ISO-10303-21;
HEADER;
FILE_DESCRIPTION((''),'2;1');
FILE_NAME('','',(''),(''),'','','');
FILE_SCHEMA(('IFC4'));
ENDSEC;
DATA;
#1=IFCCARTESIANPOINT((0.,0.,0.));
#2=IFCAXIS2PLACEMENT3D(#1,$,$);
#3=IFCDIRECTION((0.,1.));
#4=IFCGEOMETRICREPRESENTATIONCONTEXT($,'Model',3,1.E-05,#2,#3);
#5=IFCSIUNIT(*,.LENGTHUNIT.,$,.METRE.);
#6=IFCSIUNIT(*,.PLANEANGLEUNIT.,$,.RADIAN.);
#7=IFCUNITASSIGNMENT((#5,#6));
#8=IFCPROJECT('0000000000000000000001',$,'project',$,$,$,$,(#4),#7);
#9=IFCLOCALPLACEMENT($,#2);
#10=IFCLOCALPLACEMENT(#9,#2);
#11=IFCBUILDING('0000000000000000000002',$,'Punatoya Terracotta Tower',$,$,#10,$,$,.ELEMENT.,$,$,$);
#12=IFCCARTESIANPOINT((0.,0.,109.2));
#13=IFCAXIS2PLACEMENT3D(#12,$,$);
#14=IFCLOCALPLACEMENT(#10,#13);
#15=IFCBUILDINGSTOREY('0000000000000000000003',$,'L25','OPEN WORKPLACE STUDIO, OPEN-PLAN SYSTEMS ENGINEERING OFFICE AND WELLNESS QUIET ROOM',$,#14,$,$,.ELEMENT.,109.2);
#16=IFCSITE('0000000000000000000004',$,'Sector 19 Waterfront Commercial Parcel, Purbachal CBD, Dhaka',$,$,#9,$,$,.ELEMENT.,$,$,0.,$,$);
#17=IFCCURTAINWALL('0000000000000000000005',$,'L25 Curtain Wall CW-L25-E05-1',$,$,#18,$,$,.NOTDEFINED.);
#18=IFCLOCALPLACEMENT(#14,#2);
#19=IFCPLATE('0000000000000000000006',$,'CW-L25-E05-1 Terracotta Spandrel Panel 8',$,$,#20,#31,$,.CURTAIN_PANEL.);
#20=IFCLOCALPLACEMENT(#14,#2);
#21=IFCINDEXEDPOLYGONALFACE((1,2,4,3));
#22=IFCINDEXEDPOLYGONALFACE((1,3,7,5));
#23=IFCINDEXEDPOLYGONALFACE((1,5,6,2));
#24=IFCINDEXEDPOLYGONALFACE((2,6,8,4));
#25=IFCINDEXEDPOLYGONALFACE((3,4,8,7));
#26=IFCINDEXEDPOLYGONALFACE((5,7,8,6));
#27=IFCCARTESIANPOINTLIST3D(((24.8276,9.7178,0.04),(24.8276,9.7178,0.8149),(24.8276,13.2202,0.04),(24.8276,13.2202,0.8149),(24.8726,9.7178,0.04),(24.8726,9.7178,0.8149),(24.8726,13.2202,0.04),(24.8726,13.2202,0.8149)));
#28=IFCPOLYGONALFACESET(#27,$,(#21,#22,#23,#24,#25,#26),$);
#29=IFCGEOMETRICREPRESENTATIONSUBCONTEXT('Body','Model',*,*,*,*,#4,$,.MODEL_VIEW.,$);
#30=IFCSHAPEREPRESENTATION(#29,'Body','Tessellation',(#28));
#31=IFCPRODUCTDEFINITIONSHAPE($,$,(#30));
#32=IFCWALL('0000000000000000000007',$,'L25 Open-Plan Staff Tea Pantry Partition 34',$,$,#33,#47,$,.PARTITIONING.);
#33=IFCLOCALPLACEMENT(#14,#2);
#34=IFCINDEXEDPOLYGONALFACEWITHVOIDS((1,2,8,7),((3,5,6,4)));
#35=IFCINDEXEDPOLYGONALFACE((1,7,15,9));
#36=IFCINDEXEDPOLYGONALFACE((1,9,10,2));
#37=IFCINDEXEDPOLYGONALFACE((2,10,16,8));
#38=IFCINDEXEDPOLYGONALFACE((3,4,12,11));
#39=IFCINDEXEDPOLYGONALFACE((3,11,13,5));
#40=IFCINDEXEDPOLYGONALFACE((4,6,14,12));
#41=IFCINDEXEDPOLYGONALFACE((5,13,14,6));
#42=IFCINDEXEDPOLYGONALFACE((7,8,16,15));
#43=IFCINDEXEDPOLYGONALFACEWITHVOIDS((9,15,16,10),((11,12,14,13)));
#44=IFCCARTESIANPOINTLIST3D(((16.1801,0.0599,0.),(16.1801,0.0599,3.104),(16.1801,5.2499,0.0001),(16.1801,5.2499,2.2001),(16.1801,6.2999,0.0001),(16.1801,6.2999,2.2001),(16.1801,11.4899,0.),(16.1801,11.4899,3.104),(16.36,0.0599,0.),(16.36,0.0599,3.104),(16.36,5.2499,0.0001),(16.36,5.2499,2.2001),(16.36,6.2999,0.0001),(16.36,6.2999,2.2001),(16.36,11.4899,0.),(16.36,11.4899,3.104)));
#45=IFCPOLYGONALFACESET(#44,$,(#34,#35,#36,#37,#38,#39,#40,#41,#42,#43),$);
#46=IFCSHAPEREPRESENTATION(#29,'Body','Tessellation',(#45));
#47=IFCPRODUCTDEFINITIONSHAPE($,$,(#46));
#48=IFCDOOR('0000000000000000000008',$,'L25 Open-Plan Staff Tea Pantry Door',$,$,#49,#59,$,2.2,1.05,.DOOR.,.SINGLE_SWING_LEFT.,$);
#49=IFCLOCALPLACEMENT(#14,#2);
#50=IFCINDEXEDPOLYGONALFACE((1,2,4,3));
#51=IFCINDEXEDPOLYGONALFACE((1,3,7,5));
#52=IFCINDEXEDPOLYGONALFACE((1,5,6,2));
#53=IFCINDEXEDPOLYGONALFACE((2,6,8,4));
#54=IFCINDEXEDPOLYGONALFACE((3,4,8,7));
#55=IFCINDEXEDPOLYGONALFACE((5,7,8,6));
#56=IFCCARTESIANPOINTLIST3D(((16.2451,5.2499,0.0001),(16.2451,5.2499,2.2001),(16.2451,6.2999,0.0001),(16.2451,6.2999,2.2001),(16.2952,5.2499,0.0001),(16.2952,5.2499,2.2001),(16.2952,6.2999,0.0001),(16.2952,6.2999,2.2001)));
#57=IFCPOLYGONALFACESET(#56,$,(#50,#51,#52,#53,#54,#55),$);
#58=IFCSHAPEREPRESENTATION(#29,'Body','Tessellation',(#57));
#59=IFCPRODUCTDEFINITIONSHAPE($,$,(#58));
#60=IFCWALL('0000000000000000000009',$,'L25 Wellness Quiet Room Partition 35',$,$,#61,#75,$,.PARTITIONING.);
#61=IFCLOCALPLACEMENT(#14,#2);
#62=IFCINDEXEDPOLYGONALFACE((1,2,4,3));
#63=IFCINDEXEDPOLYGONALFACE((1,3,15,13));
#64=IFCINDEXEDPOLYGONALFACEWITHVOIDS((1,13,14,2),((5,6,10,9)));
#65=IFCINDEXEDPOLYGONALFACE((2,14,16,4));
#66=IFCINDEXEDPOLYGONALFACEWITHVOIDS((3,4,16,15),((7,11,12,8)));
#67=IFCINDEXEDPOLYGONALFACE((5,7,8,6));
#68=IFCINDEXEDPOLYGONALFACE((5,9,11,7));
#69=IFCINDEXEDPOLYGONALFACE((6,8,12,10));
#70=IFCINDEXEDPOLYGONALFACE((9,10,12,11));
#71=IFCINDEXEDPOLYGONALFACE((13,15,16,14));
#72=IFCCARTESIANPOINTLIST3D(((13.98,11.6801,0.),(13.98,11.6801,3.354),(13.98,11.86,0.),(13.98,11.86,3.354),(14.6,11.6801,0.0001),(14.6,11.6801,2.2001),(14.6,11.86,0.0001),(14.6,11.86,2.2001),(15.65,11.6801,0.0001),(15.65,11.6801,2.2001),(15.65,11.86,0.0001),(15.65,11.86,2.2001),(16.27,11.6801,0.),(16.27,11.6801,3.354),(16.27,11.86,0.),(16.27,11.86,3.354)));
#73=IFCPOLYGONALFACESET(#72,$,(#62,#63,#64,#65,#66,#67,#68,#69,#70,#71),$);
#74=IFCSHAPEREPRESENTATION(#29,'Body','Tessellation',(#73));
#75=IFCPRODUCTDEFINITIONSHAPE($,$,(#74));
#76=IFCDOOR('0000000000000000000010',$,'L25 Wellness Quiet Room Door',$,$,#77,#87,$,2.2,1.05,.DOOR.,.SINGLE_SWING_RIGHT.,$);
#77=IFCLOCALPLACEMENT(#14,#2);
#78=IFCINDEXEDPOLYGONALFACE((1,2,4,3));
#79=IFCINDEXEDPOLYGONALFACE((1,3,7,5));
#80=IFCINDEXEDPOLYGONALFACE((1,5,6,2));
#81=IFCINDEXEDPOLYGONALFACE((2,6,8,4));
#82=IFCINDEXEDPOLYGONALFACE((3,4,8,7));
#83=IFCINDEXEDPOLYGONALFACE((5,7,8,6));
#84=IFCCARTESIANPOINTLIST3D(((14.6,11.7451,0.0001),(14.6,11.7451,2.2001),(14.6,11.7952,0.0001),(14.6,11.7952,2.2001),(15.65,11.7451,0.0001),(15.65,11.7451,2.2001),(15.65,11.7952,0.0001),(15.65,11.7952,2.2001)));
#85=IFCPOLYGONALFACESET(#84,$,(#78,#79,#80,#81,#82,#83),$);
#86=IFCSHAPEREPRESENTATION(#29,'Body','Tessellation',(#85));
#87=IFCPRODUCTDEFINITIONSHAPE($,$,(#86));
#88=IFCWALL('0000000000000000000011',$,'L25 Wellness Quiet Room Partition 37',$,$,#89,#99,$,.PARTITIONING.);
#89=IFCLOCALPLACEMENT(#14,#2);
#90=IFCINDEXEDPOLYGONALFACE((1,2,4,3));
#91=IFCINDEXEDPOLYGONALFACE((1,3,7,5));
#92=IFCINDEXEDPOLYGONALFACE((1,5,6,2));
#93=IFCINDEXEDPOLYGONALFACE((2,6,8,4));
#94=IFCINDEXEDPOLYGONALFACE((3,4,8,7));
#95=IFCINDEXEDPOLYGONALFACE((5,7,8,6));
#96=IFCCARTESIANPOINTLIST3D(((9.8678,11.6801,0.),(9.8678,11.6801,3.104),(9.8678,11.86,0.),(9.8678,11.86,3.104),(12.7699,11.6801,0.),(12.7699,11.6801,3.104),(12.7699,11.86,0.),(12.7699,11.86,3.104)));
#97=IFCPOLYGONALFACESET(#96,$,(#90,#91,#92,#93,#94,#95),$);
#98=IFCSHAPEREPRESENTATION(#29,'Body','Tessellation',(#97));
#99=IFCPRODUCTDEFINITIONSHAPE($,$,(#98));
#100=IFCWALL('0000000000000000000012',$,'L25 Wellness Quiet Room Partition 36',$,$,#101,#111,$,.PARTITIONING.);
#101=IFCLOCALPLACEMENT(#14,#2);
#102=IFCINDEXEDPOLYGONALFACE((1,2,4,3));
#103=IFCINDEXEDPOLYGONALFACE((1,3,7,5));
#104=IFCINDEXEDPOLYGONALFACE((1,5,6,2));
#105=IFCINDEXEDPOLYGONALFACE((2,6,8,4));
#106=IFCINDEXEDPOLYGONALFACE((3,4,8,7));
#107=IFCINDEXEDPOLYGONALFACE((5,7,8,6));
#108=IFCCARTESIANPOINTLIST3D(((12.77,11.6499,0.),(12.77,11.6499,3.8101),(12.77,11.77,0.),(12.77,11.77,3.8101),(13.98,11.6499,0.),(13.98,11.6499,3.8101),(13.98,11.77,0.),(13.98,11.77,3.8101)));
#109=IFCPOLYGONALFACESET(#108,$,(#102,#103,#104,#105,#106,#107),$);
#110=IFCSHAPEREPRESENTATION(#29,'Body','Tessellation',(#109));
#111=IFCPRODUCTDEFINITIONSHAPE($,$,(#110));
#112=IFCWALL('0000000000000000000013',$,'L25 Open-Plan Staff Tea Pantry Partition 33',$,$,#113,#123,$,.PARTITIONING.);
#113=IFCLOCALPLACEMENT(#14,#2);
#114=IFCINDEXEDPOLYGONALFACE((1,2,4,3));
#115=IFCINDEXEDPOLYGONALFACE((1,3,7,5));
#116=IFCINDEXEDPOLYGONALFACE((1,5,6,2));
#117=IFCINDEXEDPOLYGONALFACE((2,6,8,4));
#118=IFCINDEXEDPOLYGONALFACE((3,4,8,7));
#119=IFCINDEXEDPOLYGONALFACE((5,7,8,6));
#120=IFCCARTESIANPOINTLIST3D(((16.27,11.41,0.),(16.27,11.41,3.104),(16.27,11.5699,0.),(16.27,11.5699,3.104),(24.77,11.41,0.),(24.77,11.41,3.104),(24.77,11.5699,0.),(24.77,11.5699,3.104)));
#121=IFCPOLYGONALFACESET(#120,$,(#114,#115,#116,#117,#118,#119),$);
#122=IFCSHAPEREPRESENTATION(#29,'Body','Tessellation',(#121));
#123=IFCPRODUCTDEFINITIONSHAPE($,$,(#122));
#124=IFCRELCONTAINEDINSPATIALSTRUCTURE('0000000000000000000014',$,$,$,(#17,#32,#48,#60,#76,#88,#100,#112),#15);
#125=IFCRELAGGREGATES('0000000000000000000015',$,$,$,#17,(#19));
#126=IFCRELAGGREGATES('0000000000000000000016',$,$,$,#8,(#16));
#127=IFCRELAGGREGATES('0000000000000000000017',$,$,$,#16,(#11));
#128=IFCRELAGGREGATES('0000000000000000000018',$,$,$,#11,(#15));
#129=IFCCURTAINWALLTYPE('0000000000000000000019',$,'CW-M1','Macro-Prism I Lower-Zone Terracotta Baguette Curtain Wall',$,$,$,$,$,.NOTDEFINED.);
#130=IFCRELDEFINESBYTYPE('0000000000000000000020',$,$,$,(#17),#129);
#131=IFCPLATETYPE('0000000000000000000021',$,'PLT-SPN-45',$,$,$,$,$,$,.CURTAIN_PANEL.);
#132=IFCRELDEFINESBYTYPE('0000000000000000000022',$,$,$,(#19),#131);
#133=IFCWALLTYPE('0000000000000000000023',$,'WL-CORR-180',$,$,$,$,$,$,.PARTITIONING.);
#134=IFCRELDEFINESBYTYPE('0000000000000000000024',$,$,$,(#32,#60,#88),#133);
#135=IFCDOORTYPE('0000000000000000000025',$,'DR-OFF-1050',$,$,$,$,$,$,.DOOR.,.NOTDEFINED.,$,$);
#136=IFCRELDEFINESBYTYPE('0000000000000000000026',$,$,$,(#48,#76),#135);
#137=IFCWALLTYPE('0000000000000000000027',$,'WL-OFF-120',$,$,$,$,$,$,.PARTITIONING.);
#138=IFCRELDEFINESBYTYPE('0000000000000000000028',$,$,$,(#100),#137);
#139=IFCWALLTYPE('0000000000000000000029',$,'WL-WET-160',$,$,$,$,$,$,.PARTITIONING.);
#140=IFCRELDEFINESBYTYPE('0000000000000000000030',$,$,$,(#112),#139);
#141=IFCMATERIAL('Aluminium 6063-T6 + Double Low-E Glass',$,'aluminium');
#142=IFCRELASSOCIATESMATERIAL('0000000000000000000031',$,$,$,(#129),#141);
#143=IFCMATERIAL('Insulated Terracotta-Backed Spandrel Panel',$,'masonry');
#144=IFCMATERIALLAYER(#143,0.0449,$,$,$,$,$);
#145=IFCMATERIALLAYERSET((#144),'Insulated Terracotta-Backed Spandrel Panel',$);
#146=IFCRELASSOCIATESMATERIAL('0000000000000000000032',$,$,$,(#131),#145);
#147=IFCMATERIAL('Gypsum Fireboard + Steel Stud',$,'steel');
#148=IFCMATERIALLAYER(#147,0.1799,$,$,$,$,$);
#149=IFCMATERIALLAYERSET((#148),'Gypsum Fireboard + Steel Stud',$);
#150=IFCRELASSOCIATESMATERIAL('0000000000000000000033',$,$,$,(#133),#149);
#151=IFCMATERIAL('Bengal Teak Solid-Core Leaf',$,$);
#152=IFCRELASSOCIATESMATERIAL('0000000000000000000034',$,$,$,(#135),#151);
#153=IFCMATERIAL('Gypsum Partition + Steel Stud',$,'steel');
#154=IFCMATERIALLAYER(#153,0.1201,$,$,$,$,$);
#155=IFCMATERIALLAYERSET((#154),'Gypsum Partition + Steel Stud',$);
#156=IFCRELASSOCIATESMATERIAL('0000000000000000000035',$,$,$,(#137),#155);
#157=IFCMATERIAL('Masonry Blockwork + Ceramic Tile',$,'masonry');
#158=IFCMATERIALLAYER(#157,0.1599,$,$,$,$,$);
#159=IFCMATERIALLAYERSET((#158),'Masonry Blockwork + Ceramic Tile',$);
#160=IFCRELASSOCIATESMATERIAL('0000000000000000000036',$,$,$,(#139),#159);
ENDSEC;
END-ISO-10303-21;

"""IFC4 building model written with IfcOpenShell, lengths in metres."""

from ifc_helpers import new_model, si_unit, direction, frame, frame_2d, origin, origin_2d, place, context, subcontext, project, spatial, rectangle, extrude, material, layer, layer_set, type_object, element, fill, aggregate, save


model = new_model("IFC4")

# Units and contexts
model_context = context("Model", 3, precision=1e-05, world=origin(), true_north=direction((0.0, 1.0)))
body_context = subcontext(model_context, "Body", "Model", "MODEL_VIEW")
ifc_project = project(units=[si_unit("LENGTHUNIT", "METRE"), si_unit("PLANEANGLEUNIT", "RADIAN")], contexts=[model_context])

# Site, building, storey
site_placement = place(None, origin())
site = spatial("IfcSite", under=ifc_project, at=site_placement, Name="Sector 19 Waterfront Commercial Parcel, Purbachal CBD, Dhaka", CompositionType="ELEMENT", RefElevation=0.0)
building_placement = place(site_placement, origin())
building = spatial("IfcBuilding", under=site, at=building_placement, Name="Punatoya Terracotta Tower", CompositionType="ELEMENT")
storey_placement = place(building_placement, frame((0.0, 0.0, 109.2)))
storey = spatial("IfcBuildingStorey", under=building, at=storey_placement, Name="L25", Description="OPEN WORKPLACE STUDIO, OPEN-PLAN SYSTEMS ENGINEERING OFFICE AND WELLNESS QUIET ROOM", CompositionType="ELEMENT", Elevation=109.2)

# Curtain wall, plate
ifc_material_1 = material(Name="Aluminium 6063-T6 + Double Low-E Glass", Category="aluminium")
curtain_wall_type = type_object("IfcCurtainWallType", Name="CW-M1", Description="Macro-Prism I Lower-Zone Terracotta Baguette Curtain Wall", PredefinedType="NOTDEFINED", material=ifc_material_1)
curtain_wall_placement = place(storey_placement, origin())
curtain_wall = element("IfcCurtainWall", 1, at=curtain_wall_placement, inside=storey, type_object=curtain_wall_type, Name="L25 Curtain Wall CW-L25-E05-1", PredefinedType="NOTDEFINED")
ifc_material_2 = material(Name="Insulated Terracotta-Backed Spandrel Panel", Category="masonry")
ifc_layer_1 = layer(ifc_material_2, 0.0449)
ifc_layer_set_1 = layer_set([ifc_layer_1], Name="Insulated Terracotta-Backed Spandrel Panel")
plate_type_1 = type_object("IfcPlateType", Name="PLT-SPN-45", PredefinedType="CURTAIN_PANEL", material=ifc_layer_set_1)
plate_1_placement = place(storey_placement, frame((24.8501, 11.469, 0.04), z_axis=(0.0, 0.0, 1.0), x_axis=(0.0, 1.0, 0.0)))
plate_1 = element("IfcPlate", 2, at=plate_1_placement, type_object=plate_type_1, Name="CW-L25-E05-1 Terracotta Spandrel Panel 8", PredefinedType="CURTAIN_PANEL", context=body_context, shape_type="SweptSolid", body=[
    extrude(rectangle(XDim=3.5024, YDim=0.0449, at=origin_2d()), origin(), (0.0, 0.0, 1.0), 0.7749),
])
aggregate(curtain_wall, [plate_1])

# Walls, openings, doors
ifc_material_3 = material(Name="Gypsum Fireboard + Steel Stud", Category="steel")
ifc_layer_2 = layer(ifc_material_3, 0.1799)
ifc_layer_set_2 = layer_set([ifc_layer_2], Name="Gypsum Fireboard + Steel Stud")
wall_type_1 = type_object("IfcWallType", Name="WL-CORR-180", PredefinedType="PARTITIONING", material=ifc_layer_set_2)
wall_1_placement = place(storey_placement, frame((16.27, 0.0601, 0.0), z_axis=(0.0, 0.0, 1.0), x_axis=(0.0, 1.0, 0.0)))
wall_1 = element("IfcWall", 3, at=wall_1_placement, inside=storey, type_object=wall_type_1, Name="L25 Open-Plan Staff Tea Pantry Partition 34", PredefinedType="PARTITIONING", context=body_context, shape_type="SweptSolid", body=[
    extrude(rectangle(XDim=11.4299, YDim=0.1799, at=frame_2d((5.7148, 0.0))), origin(), (0.0, 0.0, 1.0), 3.104),
])
opening_1_placement = place(wall_1_placement, frame((5.1899, 0.0, 0.0)))
opening_1 = element("IfcOpeningElement", 4, at=opening_1_placement, cuts=wall_1, PredefinedType="OPENING", context=body_context, shape_type="SweptSolid", body=[
    extrude(rectangle(XDim=1.05, YDim=2.2, at=frame_2d((0.5249, 1.1001))), frame((0.0, 0.0999, 0.0), z_axis=(0.0, -1.0, 0.0), x_axis=(1.0, 0.0, 0.0)), (0.0, 0.0, 1.0), 0.2),
])
ifc_material_4 = material(Name="Bengal Teak Solid-Core Leaf")
door_type = type_object("IfcDoorType", Name="DR-OFF-1050", OperationType="NOTDEFINED", PredefinedType="DOOR", material=ifc_material_4)
door_1_placement = place(opening_1_placement, origin())
door_1 = element("IfcDoor", 5, at=door_1_placement, inside=storey, type_object=door_type, Name="L25 Open-Plan Staff Tea Pantry Door", OperationType="SINGLE_SWING_LEFT", OverallHeight=2.2, OverallWidth=1.05, PredefinedType="DOOR", context=body_context, shape_type="SweptSolid", body=[
    extrude(rectangle(XDim=1.05, YDim=2.2, at=frame_2d((0.5249, 1.1001))), frame((0.0, 0.0249, 0.0), z_axis=(0.0, -1.0, 0.0), x_axis=(1.0, 0.0, 0.0)), (0.0, 0.0, 1.0), 0.05),
])
fill(opening_1, door_1)
wall_2_placement = place(storey_placement, frame((16.27, 11.77, 0.0), z_axis=(0.0, 0.0, 1.0), x_axis=(-1.0, 0.0, 0.0)))
wall_2 = element("IfcWall", 6, at=wall_2_placement, inside=storey, type_object=wall_type_1, Name="L25 Wellness Quiet Room Partition 35", PredefinedType="PARTITIONING", context=body_context, shape_type="SweptSolid", body=[
    extrude(rectangle(XDim=2.29, YDim=0.1799, at=frame_2d((1.145, 0.0))), origin(), (0.0, 0.0, 1.0), 3.354),
])
opening_2_placement = place(wall_2_placement, frame((0.6201, 0.0, 0.0)))
opening_2 = element("IfcOpeningElement", 7, at=opening_2_placement, cuts=wall_2, PredefinedType="OPENING", context=body_context, shape_type="SweptSolid", body=[
    extrude(rectangle(XDim=1.05, YDim=2.2, at=frame_2d((0.5249, 1.1001))), frame((0.0, 0.0999, 0.0), z_axis=(0.0, -1.0, 0.0), x_axis=(1.0, 0.0, 0.0)), (0.0, 0.0, 1.0), 0.2),
])
door_2_placement = place(opening_2_placement, origin())
door_2 = element("IfcDoor", 8, at=door_2_placement, inside=storey, type_object=door_type, Name="L25 Wellness Quiet Room Door", OperationType="SINGLE_SWING_RIGHT", OverallHeight=2.2, OverallWidth=1.05, PredefinedType="DOOR", context=body_context, shape_type="SweptSolid", body=[
    extrude(rectangle(XDim=1.05, YDim=2.2, at=frame_2d((0.5249, 1.1001))), frame((0.0, 0.0249, 0.0), z_axis=(0.0, -1.0, 0.0), x_axis=(1.0, 0.0, 0.0)), (0.0, 0.0, 1.0), 0.05),
])
fill(opening_2, door_2)

# Walls
wall_3_placement = place(storey_placement, frame((12.77, 11.77, 0.0), z_axis=(0.0, 0.0, 1.0), x_axis=(-1.0, 0.0, 0.0)))
element("IfcWall", 9, at=wall_3_placement, inside=storey, type_object=wall_type_1, Name="L25 Wellness Quiet Room Partition 37", PredefinedType="PARTITIONING", context=body_context, shape_type="SweptSolid", body=[
    extrude(rectangle(XDim=2.9021, YDim=0.1799, at=frame_2d((1.4512, 0.0))), origin(), (0.0, 0.0, 1.0), 3.104),
])
ifc_material_5 = material(Name="Gypsum Partition + Steel Stud", Category="steel")
ifc_layer_3 = layer(ifc_material_5, 0.1201)
ifc_layer_set_3 = layer_set([ifc_layer_3], Name="Gypsum Partition + Steel Stud")
wall_type_2 = type_object("IfcWallType", Name="WL-OFF-120", PredefinedType="PARTITIONING", material=ifc_layer_set_3)
wall_4_placement = place(storey_placement, frame((13.98, 11.71, 0.0), z_axis=(0.0, 0.0, 1.0), x_axis=(-1.0, 0.0, 0.0)))
element("IfcWall", 10, at=wall_4_placement, inside=storey, type_object=wall_type_2, Name="L25 Wellness Quiet Room Partition 36", PredefinedType="PARTITIONING", context=body_context, shape_type="SweptSolid", body=[
    extrude(rectangle(XDim=1.21, YDim=0.1201, at=frame_2d((0.605, 0.0))), origin(), (0.0, 0.0, 1.0), 3.8101),
])
ifc_material_6 = material(Name="Masonry Blockwork + Ceramic Tile", Category="masonry")
ifc_layer_4 = layer(ifc_material_6, 0.1599)
ifc_layer_set_4 = layer_set([ifc_layer_4], Name="Masonry Blockwork + Ceramic Tile")
wall_type_3 = type_object("IfcWallType", Name="WL-WET-160", PredefinedType="PARTITIONING", material=ifc_layer_set_4)
wall_5_placement = place(storey_placement, frame((16.27, 11.49, 0.0), z_axis=(0.0, 0.0, 1.0), x_axis=(1.0, 0.0, 0.0)))
element("IfcWall", 11, at=wall_5_placement, inside=storey, type_object=wall_type_3, Name="L25 Open-Plan Staff Tea Pantry Partition 33", PredefinedType="PARTITIONING", context=body_context, shape_type="SweptSolid", body=[
    extrude(rectangle(XDim=8.5, YDim=0.1599, at=frame_2d((4.25, 0.0))), origin(), (0.0, 0.0, 1.0), 3.104),
])

save(model, "model.ifc")
